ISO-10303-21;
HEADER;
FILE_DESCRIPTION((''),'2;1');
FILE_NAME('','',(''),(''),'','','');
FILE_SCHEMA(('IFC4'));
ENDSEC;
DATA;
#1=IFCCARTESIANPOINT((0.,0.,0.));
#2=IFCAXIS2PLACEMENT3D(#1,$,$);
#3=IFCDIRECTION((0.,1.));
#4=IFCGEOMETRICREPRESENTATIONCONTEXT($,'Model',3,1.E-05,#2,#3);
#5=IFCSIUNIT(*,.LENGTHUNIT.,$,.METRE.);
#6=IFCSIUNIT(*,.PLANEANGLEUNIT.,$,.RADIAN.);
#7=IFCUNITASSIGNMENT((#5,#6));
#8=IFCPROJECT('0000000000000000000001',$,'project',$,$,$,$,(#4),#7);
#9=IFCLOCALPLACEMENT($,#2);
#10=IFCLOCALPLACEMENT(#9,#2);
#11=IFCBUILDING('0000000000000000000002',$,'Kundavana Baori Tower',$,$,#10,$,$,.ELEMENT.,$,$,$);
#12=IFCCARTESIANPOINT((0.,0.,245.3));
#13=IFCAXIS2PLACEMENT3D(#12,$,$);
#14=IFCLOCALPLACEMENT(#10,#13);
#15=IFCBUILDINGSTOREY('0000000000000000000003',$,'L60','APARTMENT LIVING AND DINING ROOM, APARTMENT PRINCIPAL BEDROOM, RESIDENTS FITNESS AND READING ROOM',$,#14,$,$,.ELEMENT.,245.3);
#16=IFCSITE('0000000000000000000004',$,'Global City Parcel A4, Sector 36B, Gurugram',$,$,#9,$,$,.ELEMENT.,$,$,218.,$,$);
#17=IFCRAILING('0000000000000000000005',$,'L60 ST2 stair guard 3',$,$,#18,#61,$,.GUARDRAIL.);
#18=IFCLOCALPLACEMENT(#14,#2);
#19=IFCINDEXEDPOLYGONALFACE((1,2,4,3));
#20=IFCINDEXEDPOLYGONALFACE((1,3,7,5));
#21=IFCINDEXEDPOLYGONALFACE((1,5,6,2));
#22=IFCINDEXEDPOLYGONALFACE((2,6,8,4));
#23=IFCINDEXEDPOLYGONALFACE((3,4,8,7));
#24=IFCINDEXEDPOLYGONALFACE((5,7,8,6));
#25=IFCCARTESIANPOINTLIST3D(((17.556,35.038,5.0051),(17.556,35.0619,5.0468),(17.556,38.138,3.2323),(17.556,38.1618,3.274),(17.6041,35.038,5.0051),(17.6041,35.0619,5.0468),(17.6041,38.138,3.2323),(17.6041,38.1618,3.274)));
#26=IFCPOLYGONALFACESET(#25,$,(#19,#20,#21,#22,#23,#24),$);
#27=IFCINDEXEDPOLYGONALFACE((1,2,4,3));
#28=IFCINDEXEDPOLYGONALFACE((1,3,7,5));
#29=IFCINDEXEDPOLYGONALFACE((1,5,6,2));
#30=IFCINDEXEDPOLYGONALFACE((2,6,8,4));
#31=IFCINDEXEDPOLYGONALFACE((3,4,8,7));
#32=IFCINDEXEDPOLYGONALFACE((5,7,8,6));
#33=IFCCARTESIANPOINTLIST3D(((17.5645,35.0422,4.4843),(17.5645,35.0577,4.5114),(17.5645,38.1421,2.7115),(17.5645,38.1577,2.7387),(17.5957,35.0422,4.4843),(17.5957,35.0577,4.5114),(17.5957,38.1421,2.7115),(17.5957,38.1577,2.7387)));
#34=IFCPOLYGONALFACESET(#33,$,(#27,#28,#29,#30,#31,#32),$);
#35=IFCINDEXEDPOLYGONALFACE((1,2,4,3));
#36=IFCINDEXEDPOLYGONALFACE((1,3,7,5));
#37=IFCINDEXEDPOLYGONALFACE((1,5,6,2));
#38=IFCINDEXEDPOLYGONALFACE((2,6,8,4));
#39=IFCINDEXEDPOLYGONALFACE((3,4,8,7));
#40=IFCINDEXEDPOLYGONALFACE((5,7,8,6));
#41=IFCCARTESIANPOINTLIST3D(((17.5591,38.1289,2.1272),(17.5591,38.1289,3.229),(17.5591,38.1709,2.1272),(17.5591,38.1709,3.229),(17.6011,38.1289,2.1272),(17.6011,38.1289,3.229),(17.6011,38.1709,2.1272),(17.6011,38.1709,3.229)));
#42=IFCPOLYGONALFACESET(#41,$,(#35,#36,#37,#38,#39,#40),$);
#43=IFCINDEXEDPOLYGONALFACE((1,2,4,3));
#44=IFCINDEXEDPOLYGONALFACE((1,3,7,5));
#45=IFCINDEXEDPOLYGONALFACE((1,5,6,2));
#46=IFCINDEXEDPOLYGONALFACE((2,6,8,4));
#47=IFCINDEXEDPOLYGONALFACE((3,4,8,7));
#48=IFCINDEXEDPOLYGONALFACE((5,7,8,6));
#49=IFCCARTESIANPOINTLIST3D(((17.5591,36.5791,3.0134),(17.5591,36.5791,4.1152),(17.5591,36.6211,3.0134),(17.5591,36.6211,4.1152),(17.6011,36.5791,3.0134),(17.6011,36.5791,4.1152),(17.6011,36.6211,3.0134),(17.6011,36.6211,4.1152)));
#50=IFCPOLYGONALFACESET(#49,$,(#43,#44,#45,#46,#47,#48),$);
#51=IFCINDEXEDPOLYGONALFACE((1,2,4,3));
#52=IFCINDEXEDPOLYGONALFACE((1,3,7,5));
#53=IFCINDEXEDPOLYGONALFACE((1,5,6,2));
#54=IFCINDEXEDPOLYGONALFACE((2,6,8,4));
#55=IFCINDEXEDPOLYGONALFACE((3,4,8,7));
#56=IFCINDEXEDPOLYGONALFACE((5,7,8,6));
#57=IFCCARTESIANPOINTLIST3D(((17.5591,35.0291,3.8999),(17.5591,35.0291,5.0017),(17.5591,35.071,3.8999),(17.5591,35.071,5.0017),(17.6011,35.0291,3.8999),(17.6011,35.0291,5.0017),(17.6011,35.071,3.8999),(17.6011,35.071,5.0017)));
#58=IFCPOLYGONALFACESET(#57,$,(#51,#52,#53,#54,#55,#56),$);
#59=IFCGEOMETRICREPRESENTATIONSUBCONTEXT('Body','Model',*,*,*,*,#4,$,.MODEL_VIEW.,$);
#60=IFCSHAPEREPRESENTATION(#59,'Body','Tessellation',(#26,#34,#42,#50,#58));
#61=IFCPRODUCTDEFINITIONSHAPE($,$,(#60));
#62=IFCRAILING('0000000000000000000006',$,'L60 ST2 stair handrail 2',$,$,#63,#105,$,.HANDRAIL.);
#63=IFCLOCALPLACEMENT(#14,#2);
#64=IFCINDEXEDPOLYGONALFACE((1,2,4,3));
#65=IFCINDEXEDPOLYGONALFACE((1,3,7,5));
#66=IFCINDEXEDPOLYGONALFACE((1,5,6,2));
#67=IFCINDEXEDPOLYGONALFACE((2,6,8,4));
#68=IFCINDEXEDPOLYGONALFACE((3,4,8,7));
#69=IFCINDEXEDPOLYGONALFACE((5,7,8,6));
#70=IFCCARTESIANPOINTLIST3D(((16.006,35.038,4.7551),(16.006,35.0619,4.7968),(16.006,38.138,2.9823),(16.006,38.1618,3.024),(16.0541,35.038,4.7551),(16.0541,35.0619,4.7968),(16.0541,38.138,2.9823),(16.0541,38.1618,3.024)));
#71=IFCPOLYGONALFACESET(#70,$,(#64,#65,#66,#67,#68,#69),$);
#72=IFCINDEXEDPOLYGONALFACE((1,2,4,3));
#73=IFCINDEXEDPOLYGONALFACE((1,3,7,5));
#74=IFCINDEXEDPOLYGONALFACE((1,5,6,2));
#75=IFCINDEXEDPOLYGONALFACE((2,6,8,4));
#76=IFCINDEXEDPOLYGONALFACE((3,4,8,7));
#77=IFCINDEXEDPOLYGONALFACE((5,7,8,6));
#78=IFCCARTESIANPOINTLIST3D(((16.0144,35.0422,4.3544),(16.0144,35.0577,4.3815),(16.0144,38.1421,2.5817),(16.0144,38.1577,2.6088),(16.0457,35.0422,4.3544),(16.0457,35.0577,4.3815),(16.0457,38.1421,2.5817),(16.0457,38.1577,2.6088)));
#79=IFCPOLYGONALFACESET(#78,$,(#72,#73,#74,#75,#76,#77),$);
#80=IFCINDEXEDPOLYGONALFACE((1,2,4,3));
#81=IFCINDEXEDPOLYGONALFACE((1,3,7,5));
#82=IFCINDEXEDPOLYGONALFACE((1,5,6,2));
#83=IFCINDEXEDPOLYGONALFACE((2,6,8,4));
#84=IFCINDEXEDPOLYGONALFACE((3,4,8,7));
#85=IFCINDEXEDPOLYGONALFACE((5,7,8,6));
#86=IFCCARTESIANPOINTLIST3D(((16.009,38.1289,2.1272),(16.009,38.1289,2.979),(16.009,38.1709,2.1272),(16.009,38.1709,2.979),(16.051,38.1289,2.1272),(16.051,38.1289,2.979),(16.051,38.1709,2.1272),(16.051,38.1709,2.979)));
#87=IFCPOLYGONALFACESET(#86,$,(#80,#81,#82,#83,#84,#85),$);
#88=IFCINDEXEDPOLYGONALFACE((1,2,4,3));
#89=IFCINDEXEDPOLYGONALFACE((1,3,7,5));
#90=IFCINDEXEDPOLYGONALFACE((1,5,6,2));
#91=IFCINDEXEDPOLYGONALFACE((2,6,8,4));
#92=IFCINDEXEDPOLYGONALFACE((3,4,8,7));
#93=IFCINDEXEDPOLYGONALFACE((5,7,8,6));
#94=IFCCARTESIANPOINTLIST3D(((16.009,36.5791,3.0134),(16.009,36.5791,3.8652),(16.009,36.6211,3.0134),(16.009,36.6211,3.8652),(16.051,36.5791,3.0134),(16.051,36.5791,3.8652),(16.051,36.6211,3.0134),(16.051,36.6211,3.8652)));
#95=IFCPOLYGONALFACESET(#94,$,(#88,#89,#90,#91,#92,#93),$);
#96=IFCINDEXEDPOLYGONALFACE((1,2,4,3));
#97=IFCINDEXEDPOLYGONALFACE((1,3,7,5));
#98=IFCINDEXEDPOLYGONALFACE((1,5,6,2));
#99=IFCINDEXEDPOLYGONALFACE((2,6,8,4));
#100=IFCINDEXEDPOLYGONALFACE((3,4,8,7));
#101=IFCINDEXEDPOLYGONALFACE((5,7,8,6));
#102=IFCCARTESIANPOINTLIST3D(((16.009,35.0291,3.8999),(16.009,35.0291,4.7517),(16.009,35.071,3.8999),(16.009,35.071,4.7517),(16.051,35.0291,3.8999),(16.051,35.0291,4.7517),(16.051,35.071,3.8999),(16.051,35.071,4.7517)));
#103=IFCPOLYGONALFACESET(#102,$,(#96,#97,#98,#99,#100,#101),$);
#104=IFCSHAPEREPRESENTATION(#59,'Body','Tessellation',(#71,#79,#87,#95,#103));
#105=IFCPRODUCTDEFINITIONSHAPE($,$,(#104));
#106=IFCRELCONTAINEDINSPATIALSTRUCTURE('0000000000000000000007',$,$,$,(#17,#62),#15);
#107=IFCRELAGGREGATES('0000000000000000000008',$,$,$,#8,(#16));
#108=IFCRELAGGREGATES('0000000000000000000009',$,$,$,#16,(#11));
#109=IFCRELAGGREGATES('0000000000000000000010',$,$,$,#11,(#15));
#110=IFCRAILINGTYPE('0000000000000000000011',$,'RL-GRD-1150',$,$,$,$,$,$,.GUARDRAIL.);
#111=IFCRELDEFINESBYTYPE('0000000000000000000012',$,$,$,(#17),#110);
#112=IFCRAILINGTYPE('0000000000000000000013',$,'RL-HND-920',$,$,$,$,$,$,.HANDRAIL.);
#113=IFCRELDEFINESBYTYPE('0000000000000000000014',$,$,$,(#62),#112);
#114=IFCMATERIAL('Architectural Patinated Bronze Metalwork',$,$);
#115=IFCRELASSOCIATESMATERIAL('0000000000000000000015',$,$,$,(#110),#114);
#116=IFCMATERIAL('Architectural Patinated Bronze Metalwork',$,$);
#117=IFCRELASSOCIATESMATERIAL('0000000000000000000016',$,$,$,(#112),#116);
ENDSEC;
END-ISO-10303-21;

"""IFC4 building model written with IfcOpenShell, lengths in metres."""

from ifc_helpers import new_model, si_unit, direction, frame, origin, origin_2d, place, context, subcontext, project, spatial, rectangle, extrude, material, type_object, element, save


model = new_model("IFC4")

# Units and contexts
model_context = context("Model", 3, precision=1e-05, world=origin(), true_north=direction((0.0, 1.0)))
body_context = subcontext(model_context, "Body", "Model", "MODEL_VIEW")
ifc_project = project(units=[si_unit("LENGTHUNIT", "METRE"), si_unit("PLANEANGLEUNIT", "RADIAN")], contexts=[model_context])

# Site, building, storey
site_placement = place(None, origin())
site = spatial("IfcSite", under=ifc_project, at=site_placement, Name="Global City Parcel A4, Sector 36B, Gurugram", CompositionType="ELEMENT", RefElevation=218.0)
building_placement = place(site_placement, origin())
building = spatial("IfcBuilding", under=site, at=building_placement, Name="Kundavana Baori Tower", CompositionType="ELEMENT")
storey_placement = place(building_placement, frame((0.0, 0.0, 245.3)))
storey = spatial("IfcBuildingStorey", under=building, at=storey_placement, Name="L60", Description="APARTMENT LIVING AND DINING ROOM, APARTMENT PRINCIPAL BEDROOM, RESIDENTS FITNESS AND READING ROOM", CompositionType="ELEMENT", Elevation=245.3)

# Railings
ifc_material_1 = material(Name="Architectural Patinated Bronze Metalwork")
railing_type_1 = type_object("IfcRailingType", Name="RL-GRD-1150", PredefinedType="GUARDRAIL", material=ifc_material_1)
railing_1_placement = place(storey_placement, frame((17.5801, 38.1499, 2.1272)))
element("IfcRailing", 1, at=railing_1_placement, inside=storey, type_object=railing_type_1, Name="L60 ST2 stair guard 3", PredefinedType="GUARDRAIL", context=body_context, shape_type="SweptSolid", body=[
    extrude(rectangle(XDim=0.0481, YDim=0.0481, at=origin_2d()), frame((0.0, 0.0, 1.126), z_axis=(0.0, -0.868079, 0.496426), x_axis=(1.0, 0.0, 0.0)), (0.0, 0.0, 1.0), 3.571),
    extrude(rectangle(XDim=0.0312, YDim=0.0312, at=origin_2d()), frame((0.0, 0.0, 0.5979), z_axis=(0.0, -0.868079, 0.496426), x_axis=(1.0, 0.0, 0.0)), (0.0, 0.0, 1.0), 3.571),
    extrude(rectangle(XDim=0.042, YDim=0.042, at=origin_2d()), origin(), (0.0, 0.0, 1.0), 1.1018),
    extrude(rectangle(XDim=0.042, YDim=0.042, at=origin_2d()), frame((0.0, -1.5498, 0.8862)), (0.0, 0.0, 1.0), 1.1018),
    extrude(rectangle(XDim=0.042, YDim=0.042, at=origin_2d()), frame((0.0, -3.0999, 1.7727)), (0.0, 0.0, 1.0), 1.1018),
])
ifc_material_2 = material(Name="Architectural Patinated Bronze Metalwork")
railing_type_2 = type_object("IfcRailingType", Name="RL-HND-920", PredefinedType="HANDRAIL", material=ifc_material_2)
railing_2_placement = place(storey_placement, frame((16.03, 38.1499, 2.1272)))
element("IfcRailing", 2, at=railing_2_placement, inside=storey, type_object=railing_type_2, Name="L60 ST2 stair handrail 2", PredefinedType="HANDRAIL", context=body_context, shape_type="SweptSolid", body=[
    extrude(rectangle(XDim=0.0481, YDim=0.0481, at=origin_2d()), frame((0.0, 0.0, 0.876), z_axis=(0.0, -0.868079, 0.496426), x_axis=(1.0, 0.0, 0.0)), (0.0, 0.0, 1.0), 3.571),
    extrude(rectangle(XDim=0.0312, YDim=0.0312, at=origin_2d()), frame((0.0, 0.0, 0.468), z_axis=(0.0, -0.868079, 0.496426), x_axis=(1.0, 0.0, 0.0)), (0.0, 0.0, 1.0), 3.571),
    extrude(rectangle(XDim=0.042, YDim=0.042, at=origin_2d()), origin(), (0.0, 0.0, 1.0), 0.8518),
    extrude(rectangle(XDim=0.042, YDim=0.042, at=origin_2d()), frame((0.0, -1.5498, 0.8862)), (0.0, 0.0, 1.0), 0.8518),
    extrude(rectangle(XDim=0.042, YDim=0.042, at=origin_2d()), frame((0.0, -3.0999, 1.7727)), (0.0, 0.0, 1.0), 0.8518),
])

save(model, "model.ifc")
